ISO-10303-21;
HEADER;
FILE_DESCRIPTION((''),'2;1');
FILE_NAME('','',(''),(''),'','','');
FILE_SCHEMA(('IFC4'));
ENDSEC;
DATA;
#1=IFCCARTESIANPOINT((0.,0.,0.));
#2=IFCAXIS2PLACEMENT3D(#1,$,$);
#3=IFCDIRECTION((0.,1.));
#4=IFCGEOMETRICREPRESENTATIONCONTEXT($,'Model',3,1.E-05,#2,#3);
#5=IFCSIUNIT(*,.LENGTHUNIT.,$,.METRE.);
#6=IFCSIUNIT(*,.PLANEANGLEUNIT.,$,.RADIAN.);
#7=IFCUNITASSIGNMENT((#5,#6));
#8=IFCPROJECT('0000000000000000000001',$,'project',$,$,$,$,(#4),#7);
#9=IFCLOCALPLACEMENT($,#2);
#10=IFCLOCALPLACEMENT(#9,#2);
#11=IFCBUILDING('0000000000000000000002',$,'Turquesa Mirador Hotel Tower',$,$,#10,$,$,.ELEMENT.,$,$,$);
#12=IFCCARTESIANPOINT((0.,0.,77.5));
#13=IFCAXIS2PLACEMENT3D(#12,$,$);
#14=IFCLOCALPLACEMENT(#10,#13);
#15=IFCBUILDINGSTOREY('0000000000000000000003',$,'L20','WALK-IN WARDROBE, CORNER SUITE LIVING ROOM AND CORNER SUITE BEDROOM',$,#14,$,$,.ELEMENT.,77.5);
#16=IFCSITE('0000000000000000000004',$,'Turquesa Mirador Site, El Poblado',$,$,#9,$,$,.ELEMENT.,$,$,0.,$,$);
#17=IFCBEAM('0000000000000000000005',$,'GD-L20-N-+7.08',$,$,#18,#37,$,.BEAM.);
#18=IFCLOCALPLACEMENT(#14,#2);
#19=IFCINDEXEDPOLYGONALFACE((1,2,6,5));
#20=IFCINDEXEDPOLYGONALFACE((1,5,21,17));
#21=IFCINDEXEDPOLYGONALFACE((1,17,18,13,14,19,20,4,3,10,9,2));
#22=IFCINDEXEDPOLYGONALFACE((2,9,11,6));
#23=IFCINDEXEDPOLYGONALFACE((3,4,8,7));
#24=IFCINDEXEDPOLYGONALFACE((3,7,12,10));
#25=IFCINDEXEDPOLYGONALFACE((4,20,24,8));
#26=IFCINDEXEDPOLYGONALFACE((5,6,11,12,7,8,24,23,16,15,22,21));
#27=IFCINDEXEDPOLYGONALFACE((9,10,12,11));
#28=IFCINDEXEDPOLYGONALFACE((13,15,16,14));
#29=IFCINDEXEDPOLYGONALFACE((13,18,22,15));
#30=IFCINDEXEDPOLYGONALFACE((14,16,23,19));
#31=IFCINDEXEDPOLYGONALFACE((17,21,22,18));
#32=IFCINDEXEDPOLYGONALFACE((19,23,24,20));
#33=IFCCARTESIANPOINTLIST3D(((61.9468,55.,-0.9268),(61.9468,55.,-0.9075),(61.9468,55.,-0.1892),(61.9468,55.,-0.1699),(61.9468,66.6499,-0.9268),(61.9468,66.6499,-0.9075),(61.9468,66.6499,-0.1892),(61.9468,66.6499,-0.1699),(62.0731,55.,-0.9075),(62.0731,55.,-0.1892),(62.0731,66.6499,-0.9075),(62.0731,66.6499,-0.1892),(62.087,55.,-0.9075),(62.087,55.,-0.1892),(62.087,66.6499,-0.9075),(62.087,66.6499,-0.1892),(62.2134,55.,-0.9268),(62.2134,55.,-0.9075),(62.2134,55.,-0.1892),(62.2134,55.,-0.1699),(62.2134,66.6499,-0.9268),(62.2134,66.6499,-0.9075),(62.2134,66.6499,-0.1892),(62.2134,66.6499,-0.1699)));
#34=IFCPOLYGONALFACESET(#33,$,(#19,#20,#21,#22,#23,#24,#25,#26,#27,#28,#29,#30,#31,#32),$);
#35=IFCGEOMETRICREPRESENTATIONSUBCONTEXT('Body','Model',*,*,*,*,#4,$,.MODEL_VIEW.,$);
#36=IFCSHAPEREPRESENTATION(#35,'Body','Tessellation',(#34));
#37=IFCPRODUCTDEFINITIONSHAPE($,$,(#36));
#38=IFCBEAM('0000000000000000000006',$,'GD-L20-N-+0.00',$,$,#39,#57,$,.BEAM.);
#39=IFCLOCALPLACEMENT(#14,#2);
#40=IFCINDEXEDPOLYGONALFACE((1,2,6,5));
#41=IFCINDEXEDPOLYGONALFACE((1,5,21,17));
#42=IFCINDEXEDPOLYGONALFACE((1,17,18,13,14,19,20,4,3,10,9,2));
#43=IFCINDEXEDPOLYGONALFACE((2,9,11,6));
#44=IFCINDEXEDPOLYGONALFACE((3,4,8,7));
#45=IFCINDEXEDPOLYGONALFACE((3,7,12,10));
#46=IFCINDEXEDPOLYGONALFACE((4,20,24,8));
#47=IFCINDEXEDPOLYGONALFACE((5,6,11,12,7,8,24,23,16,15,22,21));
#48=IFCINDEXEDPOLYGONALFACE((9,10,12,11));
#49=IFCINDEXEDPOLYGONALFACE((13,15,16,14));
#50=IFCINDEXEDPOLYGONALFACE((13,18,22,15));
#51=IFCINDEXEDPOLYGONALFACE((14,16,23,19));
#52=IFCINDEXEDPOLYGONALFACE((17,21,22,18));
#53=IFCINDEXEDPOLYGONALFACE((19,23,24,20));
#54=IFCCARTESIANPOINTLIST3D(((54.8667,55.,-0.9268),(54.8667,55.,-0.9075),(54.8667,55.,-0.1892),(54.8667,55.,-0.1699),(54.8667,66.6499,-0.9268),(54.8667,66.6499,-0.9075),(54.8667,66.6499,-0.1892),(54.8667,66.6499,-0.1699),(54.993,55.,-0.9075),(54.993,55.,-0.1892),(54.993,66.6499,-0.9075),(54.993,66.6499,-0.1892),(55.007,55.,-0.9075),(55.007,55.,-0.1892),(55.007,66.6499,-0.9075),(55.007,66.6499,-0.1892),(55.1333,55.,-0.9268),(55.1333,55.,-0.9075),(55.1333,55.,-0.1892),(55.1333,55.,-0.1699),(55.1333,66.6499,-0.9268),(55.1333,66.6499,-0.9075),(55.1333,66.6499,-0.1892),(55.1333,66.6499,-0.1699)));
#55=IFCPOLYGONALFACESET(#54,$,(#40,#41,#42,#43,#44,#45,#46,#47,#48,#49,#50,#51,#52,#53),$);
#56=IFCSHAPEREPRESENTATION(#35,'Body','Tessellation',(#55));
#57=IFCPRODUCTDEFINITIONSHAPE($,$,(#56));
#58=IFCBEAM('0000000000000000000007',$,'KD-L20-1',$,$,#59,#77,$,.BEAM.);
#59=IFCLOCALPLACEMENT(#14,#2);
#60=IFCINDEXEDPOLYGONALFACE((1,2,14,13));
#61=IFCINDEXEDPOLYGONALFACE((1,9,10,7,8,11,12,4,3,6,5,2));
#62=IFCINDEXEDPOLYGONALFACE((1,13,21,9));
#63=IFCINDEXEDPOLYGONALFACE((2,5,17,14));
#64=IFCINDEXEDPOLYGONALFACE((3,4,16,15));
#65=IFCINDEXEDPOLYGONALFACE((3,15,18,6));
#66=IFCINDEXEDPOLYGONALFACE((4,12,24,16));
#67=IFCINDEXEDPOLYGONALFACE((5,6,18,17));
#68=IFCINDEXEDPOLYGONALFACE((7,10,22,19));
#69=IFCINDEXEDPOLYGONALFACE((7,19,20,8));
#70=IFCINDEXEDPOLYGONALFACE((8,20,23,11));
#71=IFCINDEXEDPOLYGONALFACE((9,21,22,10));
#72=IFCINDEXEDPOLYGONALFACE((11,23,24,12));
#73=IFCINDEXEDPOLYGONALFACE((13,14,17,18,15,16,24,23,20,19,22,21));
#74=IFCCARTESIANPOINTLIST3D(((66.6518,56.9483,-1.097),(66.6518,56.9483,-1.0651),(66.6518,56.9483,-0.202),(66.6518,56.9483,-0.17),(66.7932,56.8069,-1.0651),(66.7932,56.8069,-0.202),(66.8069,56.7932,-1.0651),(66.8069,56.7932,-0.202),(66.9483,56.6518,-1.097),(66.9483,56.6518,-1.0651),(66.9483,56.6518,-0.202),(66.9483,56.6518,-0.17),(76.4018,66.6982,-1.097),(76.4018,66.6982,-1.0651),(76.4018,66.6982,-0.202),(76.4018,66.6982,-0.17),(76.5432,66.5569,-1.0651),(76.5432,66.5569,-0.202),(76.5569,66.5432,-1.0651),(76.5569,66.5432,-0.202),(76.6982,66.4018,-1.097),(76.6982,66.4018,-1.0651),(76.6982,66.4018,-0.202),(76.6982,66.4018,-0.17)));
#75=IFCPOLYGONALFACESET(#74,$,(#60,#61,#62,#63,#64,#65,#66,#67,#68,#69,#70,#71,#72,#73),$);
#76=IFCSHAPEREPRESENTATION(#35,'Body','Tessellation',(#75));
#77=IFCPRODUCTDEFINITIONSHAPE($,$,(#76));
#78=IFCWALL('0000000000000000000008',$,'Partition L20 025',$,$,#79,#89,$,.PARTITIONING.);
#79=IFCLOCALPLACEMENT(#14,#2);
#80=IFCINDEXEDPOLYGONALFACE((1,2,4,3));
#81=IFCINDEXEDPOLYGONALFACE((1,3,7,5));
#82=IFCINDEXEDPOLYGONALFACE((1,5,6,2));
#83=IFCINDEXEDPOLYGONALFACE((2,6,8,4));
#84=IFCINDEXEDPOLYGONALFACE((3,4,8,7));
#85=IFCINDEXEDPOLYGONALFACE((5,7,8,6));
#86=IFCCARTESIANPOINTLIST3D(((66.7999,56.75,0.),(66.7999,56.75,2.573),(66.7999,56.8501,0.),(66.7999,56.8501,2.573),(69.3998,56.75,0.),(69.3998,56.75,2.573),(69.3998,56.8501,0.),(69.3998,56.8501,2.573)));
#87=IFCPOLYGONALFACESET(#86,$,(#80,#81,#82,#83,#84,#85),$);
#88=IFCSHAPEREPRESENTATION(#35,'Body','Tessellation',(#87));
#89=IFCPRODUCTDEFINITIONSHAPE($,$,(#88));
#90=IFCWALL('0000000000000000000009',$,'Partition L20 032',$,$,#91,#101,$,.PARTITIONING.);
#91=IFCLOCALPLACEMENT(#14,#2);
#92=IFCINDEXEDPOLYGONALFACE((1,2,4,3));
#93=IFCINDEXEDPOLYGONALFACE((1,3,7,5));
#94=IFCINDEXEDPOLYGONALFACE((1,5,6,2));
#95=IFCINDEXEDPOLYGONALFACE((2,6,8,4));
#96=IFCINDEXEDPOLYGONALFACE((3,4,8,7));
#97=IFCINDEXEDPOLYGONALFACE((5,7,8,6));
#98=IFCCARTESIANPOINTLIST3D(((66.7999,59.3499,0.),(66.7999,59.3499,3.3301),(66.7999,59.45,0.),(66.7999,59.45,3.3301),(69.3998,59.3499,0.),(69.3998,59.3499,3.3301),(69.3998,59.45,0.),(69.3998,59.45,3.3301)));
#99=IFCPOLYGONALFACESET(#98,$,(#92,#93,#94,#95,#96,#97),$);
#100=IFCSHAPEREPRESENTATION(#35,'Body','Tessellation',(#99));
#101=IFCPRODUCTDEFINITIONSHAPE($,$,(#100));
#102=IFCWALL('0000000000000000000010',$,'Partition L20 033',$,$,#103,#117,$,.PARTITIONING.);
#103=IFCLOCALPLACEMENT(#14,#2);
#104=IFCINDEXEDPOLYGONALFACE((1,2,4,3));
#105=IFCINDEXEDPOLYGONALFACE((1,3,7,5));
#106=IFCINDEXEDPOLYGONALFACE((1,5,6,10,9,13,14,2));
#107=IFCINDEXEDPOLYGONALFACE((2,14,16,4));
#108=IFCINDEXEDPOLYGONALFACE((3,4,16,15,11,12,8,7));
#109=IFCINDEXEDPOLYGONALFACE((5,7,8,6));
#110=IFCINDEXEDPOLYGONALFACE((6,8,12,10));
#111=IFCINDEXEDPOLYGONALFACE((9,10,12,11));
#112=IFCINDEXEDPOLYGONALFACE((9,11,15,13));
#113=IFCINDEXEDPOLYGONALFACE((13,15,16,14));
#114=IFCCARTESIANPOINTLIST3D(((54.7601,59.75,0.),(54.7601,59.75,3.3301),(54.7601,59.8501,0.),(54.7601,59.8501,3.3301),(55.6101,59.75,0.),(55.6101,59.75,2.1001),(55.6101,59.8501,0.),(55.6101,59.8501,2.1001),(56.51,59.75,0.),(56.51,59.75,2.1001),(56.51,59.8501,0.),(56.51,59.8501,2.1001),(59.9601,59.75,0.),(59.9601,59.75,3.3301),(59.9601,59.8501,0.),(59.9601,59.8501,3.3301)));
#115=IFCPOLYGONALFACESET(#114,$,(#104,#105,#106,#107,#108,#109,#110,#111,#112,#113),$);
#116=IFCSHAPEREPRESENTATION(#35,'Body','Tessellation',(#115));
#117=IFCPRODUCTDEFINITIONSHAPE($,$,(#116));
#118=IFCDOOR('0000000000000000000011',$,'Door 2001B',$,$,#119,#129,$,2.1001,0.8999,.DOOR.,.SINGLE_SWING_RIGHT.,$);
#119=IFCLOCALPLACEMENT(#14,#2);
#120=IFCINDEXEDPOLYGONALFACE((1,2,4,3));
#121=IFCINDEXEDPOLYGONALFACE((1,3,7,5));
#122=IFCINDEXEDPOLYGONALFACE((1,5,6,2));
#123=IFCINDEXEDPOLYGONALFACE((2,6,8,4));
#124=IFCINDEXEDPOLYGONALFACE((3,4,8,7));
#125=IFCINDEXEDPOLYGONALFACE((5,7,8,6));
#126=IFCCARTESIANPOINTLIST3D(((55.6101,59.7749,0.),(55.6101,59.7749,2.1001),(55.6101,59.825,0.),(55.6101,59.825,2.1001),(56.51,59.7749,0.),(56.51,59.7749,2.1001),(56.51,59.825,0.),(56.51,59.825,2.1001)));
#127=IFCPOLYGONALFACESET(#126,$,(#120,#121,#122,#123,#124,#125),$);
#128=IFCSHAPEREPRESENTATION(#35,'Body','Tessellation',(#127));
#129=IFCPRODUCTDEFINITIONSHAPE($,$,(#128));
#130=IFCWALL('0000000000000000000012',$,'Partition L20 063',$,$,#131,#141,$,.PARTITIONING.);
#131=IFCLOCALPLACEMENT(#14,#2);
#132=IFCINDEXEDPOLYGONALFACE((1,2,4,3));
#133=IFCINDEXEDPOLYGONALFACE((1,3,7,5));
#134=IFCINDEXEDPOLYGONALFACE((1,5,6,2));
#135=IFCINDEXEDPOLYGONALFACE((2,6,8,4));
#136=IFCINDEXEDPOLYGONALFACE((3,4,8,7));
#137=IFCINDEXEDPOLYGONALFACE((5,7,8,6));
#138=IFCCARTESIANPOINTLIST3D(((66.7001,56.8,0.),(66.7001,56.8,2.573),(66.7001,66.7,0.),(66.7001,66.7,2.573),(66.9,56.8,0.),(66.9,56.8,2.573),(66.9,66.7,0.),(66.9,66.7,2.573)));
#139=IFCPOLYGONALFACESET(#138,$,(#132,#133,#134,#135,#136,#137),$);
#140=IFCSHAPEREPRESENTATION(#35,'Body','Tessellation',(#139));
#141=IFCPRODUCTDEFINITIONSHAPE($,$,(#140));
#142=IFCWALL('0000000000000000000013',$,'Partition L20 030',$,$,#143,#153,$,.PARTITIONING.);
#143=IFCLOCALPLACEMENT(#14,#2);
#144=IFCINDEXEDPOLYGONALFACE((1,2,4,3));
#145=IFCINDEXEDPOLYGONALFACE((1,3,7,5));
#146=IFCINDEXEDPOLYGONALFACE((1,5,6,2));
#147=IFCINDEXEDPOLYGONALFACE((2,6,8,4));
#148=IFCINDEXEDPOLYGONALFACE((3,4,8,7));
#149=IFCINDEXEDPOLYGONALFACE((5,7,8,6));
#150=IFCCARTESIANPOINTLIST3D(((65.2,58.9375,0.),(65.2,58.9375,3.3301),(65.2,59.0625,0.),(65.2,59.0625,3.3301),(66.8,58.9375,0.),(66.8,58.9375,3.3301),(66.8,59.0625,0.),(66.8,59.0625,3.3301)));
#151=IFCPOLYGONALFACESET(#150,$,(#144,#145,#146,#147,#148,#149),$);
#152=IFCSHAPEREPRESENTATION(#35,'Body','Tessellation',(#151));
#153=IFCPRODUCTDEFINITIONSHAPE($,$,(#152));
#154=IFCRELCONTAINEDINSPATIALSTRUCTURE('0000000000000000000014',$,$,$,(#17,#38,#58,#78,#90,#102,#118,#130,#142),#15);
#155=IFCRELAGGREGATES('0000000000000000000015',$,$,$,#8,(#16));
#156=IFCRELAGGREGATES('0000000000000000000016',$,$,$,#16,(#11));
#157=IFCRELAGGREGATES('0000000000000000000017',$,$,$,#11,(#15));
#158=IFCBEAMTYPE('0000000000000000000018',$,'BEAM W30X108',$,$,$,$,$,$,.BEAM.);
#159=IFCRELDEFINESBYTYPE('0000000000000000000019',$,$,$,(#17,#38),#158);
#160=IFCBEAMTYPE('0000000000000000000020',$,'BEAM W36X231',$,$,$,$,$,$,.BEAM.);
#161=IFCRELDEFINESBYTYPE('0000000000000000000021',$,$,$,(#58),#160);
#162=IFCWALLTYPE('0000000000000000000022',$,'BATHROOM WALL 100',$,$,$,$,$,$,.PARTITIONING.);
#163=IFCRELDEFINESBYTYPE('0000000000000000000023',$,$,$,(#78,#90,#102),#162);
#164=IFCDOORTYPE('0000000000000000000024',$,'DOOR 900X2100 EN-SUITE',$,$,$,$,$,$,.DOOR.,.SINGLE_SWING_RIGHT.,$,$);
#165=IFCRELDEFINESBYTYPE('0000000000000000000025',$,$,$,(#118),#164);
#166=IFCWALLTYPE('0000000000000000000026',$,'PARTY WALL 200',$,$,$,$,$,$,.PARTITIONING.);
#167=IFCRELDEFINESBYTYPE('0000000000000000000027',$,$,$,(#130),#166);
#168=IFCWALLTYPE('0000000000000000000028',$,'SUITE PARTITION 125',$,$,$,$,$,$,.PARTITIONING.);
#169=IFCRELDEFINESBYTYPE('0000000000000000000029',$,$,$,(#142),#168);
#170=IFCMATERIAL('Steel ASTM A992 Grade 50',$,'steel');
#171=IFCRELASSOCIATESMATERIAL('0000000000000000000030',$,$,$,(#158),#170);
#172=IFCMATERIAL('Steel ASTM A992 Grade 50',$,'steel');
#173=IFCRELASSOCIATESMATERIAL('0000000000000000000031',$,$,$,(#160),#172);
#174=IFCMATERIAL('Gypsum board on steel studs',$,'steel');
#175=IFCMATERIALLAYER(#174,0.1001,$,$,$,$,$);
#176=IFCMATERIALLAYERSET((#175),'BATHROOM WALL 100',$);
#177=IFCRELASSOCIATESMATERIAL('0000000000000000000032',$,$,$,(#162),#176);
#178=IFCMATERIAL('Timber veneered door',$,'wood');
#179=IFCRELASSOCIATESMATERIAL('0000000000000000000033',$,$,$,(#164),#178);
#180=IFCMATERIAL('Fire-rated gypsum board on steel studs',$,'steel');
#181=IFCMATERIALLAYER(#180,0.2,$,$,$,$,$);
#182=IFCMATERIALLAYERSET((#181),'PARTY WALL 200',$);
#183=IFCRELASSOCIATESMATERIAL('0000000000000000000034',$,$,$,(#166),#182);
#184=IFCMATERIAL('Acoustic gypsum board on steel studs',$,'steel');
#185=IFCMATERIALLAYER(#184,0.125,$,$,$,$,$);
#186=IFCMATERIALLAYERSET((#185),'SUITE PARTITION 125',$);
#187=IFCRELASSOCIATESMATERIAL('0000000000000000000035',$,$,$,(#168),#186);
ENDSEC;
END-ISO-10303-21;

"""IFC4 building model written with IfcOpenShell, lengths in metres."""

from ifc_helpers import new_model, si_unit, direction, frame, frame_2d, origin, origin_2d, place, context, subcontext, project, spatial, rectangle, i_section, extrude, material, layer, layer_set, material_profile, profile_set, type_object, element, fill, save


model = new_model("IFC4")

# Units and contexts
model_context = context("Model", 3, precision=1e-05, world=origin(), true_north=direction((0.0, 1.0)))
body_context = subcontext(model_context, "Body", "Model", "MODEL_VIEW")
ifc_project = project(units=[si_unit("LENGTHUNIT", "METRE"), si_unit("PLANEANGLEUNIT", "RADIAN")], contexts=[model_context])

# Site, building, storey
site_placement = place(None, origin())
site = spatial("IfcSite", under=ifc_project, at=site_placement, Name="Turquesa Mirador Site, El Poblado", CompositionType="ELEMENT", RefElevation=0.0)
building_placement = place(site_placement, origin())
building = spatial("IfcBuilding", under=site, at=building_placement, Name="Turquesa Mirador Hotel Tower", CompositionType="ELEMENT")
storey_placement = place(building_placement, frame((0.0, 0.0, 77.5)))
storey = spatial("IfcBuildingStorey", under=building, at=storey_placement, Name="L20", Description="WALK-IN WARDROBE, CORNER SUITE LIVING ROOM AND CORNER SUITE BEDROOM", CompositionType="ELEMENT", Elevation=77.5)

# Beams
ifc_material_1 = material(Name="Steel ASTM A992 Grade 50", Category="steel")
ifc_material_profile_1 = material_profile(ifc_material_1, i_section(OverallWidth=0.2666, OverallDepth=0.7568, WebThickness=0.0139, FlangeThickness=0.0193, at=origin_2d()), Name="W30X108")
ifc_profile_set_1 = profile_set([ifc_material_profile_1], Name="Steel ASTM A992 Grade 50")
beam_type_1 = type_object("IfcBeamType", Name="BEAM W30X108", PredefinedType="BEAM", material=ifc_profile_set_1)
for number, where, z_axis, x_axis, name in (
    (1, (62.0801, 66.6499, -0.5483), (0.0, -1.0, 0.0), (1.0, 0.0, 0.0), "GD-L20-N-+7.08"),
    (2, (55.0, 66.6499, -0.5483), (0.0, -1.0, 0.0), (1.0, 0.0, 0.0), "GD-L20-N-+0.00"),
):
    element("IfcBeam", number, at=place(storey_placement, frame(where, z_axis=z_axis, x_axis=x_axis)), inside=storey, type_object=beam_type_1, Name=name, PredefinedType="BEAM", context=body_context, shape_type="SweptSolid", body=[
        extrude(i_section(OverallWidth=0.2666, OverallDepth=0.7568, WebThickness=0.0139, FlangeThickness=0.0193, at=origin_2d()), origin(), (0.0, 0.0, 1.0), 11.6499),
    ])
ifc_material_2 = material(Name="Steel ASTM A992 Grade 50", Category="steel")
ifc_material_profile_2 = material_profile(ifc_material_2, i_section(OverallWidth=0.4192, OverallDepth=0.927, WebThickness=0.0193, FlangeThickness=0.032, at=origin_2d()), Name="W36X231")
ifc_profile_set_2 = profile_set([ifc_material_profile_2], Name="Steel ASTM A992 Grade 50")
beam_type_2 = type_object("IfcBeamType", Name="BEAM W36X231", PredefinedType="BEAM", material=ifc_profile_set_2)
beam_1_placement = place(storey_placement, frame((66.8, 56.8, -0.6335), z_axis=(0.707107, 0.707107, 0.0), x_axis=(-0.707107, 0.707107, 0.0)))
element("IfcBeam", 3, at=beam_1_placement, inside=storey, type_object=beam_type_2, Name="KD-L20-1", PredefinedType="BEAM", context=body_context, shape_type="SweptSolid", body=[
    extrude(i_section(OverallWidth=0.4192, OverallDepth=0.927, WebThickness=0.0193, FlangeThickness=0.032, at=origin_2d()), origin(), (0.0, 0.0, 1.0), 13.7886),
])

# Walls
ifc_material_3 = material(Name="Gypsum board on steel studs", Category="steel")
ifc_layer_1 = layer(ifc_material_3, 0.1001)
ifc_layer_set_1 = layer_set([ifc_layer_1], Name="BATHROOM WALL 100")
wall_type_1 = type_object("IfcWallType", Name="BATHROOM WALL 100", PredefinedType="PARTITIONING", material=ifc_layer_set_1)
wall_1_placement = place(storey_placement, frame((66.8, 56.8, 0.0), z_axis=(0.0, 0.0, 1.0), x_axis=(1.0, 0.0, 0.0)))
element("IfcWall", 4, at=wall_1_placement, inside=storey, type_object=wall_type_1, Name="Partition L20 025", PredefinedType="PARTITIONING", context=body_context, shape_type="SweptSolid", body=[
    extrude(rectangle(XDim=2.5999, YDim=0.1001, at=frame_2d((1.2998, 0.0))), origin(), (0.0, 0.0, 1.0), 2.573),
])
wall_2_placement = place(storey_placement, frame((66.8, 59.3999, 0.0), z_axis=(0.0, 0.0, 1.0), x_axis=(1.0, 0.0, 0.0)))
element("IfcWall", 5, at=wall_2_placement, inside=storey, type_object=wall_type_1, Name="Partition L20 032", PredefinedType="PARTITIONING", context=body_context, shape_type="SweptSolid", body=[
    extrude(rectangle(XDim=2.5999, YDim=0.1001, at=frame_2d((1.2998, 0.0))), origin(), (0.0, 0.0, 1.0), 3.3301),
])

# Wall, opening, door
wall_3_placement = place(storey_placement, frame((54.76, 59.8, 0.0), z_axis=(0.0, 0.0, 1.0), x_axis=(1.0, 0.0, 0.0)))
wall_3 = element("IfcWall", 6, at=wall_3_placement, inside=storey, type_object=wall_type_1, Name="Partition L20 033", PredefinedType="PARTITIONING", context=body_context, shape_type="SweptSolid", body=[
    extrude(rectangle(XDim=5.2, YDim=0.1001, at=frame_2d((2.6001, 0.0))), origin(), (0.0, 0.0, 1.0), 3.3301),
])
opening_placement = place(wall_3_placement, frame((0.8501, 0.0, 0.0)))
opening = element("IfcOpeningElement", 7, at=opening_placement, cuts=wall_3, PredefinedType="OPENING", context=body_context, shape_type="SweptSolid", body=[
    extrude(rectangle(XDim=0.8999, YDim=2.1001, at=frame_2d((0.45, 1.05))), frame((0.0, 0.0601, 0.0), z_axis=(0.0, -1.0, 0.0), x_axis=(1.0, 0.0, 0.0)), (0.0, 0.0, 1.0), 0.1201),
])
ifc_material_4 = material(Name="Timber veneered door", Category="wood")
door_type = type_object("IfcDoorType", Name="DOOR 900X2100 EN-SUITE", OperationType="SINGLE_SWING_RIGHT", PredefinedType="DOOR", material=ifc_material_4)
door_placement = place(opening_placement, origin())
door = element("IfcDoor", 8, at=door_placement, inside=storey, type_object=door_type, Name="Door 2001B", OperationType="SINGLE_SWING_RIGHT", OverallHeight=2.1001, OverallWidth=0.8999, PredefinedType="DOOR", context=body_context, shape_type="SweptSolid", body=[
    extrude(rectangle(XDim=0.8999, YDim=2.1001, at=frame_2d((0.45, 1.05))), frame((0.0, 0.0249, 0.0), z_axis=(0.0, -1.0, 0.0), x_axis=(1.0, 0.0, 0.0)), (0.0, 0.0, 1.0), 0.05),
])
fill(opening, door)

# Walls
ifc_material_5 = material(Name="Fire-rated gypsum board on steel studs", Category="steel")
ifc_layer_2 = layer(ifc_material_5, 0.2)
ifc_layer_set_2 = layer_set([ifc_layer_2], Name="PARTY WALL 200")
wall_type_2 = type_object("IfcWallType", Name="PARTY WALL 200", PredefinedType="PARTITIONING", material=ifc_layer_set_2)
wall_4_placement = place(storey_placement, frame((66.8, 56.8, 0.0), z_axis=(0.0, 0.0, 1.0), x_axis=(0.0, 1.0, 0.0)))
element("IfcWall", 9, at=wall_4_placement, inside=storey, type_object=wall_type_2, Name="Partition L20 063", PredefinedType="PARTITIONING", context=body_context, shape_type="SweptSolid", body=[
    extrude(rectangle(XDim=9.8999, YDim=0.2, at=frame_2d((4.95, 0.0))), origin(), (0.0, 0.0, 1.0), 2.573),
])
ifc_material_6 = material(Name="Acoustic gypsum board on steel studs", Category="steel")
ifc_layer_3 = layer(ifc_material_6, 0.125)
ifc_layer_set_3 = layer_set([ifc_layer_3], Name="SUITE PARTITION 125")
wall_type_3 = type_object("IfcWallType", Name="SUITE PARTITION 125", PredefinedType="PARTITIONING", material=ifc_layer_set_3)
wall_5_placement = place(storey_placement, frame((65.2, 59.0, 0.0), z_axis=(0.0, 0.0, 1.0), x_axis=(1.0, 0.0, 0.0)))
element("IfcWall", 10, at=wall_5_placement, inside=storey, type_object=wall_type_3, Name="Partition L20 030", PredefinedType="PARTITIONING", context=body_context, shape_type="SweptSolid", body=[
    extrude(rectangle(XDim=1.6001, YDim=0.125, at=frame_2d((0.8, 0.0))), origin(), (0.0, 0.0, 1.0), 3.3301),
])

save(model, "model.ifc")
